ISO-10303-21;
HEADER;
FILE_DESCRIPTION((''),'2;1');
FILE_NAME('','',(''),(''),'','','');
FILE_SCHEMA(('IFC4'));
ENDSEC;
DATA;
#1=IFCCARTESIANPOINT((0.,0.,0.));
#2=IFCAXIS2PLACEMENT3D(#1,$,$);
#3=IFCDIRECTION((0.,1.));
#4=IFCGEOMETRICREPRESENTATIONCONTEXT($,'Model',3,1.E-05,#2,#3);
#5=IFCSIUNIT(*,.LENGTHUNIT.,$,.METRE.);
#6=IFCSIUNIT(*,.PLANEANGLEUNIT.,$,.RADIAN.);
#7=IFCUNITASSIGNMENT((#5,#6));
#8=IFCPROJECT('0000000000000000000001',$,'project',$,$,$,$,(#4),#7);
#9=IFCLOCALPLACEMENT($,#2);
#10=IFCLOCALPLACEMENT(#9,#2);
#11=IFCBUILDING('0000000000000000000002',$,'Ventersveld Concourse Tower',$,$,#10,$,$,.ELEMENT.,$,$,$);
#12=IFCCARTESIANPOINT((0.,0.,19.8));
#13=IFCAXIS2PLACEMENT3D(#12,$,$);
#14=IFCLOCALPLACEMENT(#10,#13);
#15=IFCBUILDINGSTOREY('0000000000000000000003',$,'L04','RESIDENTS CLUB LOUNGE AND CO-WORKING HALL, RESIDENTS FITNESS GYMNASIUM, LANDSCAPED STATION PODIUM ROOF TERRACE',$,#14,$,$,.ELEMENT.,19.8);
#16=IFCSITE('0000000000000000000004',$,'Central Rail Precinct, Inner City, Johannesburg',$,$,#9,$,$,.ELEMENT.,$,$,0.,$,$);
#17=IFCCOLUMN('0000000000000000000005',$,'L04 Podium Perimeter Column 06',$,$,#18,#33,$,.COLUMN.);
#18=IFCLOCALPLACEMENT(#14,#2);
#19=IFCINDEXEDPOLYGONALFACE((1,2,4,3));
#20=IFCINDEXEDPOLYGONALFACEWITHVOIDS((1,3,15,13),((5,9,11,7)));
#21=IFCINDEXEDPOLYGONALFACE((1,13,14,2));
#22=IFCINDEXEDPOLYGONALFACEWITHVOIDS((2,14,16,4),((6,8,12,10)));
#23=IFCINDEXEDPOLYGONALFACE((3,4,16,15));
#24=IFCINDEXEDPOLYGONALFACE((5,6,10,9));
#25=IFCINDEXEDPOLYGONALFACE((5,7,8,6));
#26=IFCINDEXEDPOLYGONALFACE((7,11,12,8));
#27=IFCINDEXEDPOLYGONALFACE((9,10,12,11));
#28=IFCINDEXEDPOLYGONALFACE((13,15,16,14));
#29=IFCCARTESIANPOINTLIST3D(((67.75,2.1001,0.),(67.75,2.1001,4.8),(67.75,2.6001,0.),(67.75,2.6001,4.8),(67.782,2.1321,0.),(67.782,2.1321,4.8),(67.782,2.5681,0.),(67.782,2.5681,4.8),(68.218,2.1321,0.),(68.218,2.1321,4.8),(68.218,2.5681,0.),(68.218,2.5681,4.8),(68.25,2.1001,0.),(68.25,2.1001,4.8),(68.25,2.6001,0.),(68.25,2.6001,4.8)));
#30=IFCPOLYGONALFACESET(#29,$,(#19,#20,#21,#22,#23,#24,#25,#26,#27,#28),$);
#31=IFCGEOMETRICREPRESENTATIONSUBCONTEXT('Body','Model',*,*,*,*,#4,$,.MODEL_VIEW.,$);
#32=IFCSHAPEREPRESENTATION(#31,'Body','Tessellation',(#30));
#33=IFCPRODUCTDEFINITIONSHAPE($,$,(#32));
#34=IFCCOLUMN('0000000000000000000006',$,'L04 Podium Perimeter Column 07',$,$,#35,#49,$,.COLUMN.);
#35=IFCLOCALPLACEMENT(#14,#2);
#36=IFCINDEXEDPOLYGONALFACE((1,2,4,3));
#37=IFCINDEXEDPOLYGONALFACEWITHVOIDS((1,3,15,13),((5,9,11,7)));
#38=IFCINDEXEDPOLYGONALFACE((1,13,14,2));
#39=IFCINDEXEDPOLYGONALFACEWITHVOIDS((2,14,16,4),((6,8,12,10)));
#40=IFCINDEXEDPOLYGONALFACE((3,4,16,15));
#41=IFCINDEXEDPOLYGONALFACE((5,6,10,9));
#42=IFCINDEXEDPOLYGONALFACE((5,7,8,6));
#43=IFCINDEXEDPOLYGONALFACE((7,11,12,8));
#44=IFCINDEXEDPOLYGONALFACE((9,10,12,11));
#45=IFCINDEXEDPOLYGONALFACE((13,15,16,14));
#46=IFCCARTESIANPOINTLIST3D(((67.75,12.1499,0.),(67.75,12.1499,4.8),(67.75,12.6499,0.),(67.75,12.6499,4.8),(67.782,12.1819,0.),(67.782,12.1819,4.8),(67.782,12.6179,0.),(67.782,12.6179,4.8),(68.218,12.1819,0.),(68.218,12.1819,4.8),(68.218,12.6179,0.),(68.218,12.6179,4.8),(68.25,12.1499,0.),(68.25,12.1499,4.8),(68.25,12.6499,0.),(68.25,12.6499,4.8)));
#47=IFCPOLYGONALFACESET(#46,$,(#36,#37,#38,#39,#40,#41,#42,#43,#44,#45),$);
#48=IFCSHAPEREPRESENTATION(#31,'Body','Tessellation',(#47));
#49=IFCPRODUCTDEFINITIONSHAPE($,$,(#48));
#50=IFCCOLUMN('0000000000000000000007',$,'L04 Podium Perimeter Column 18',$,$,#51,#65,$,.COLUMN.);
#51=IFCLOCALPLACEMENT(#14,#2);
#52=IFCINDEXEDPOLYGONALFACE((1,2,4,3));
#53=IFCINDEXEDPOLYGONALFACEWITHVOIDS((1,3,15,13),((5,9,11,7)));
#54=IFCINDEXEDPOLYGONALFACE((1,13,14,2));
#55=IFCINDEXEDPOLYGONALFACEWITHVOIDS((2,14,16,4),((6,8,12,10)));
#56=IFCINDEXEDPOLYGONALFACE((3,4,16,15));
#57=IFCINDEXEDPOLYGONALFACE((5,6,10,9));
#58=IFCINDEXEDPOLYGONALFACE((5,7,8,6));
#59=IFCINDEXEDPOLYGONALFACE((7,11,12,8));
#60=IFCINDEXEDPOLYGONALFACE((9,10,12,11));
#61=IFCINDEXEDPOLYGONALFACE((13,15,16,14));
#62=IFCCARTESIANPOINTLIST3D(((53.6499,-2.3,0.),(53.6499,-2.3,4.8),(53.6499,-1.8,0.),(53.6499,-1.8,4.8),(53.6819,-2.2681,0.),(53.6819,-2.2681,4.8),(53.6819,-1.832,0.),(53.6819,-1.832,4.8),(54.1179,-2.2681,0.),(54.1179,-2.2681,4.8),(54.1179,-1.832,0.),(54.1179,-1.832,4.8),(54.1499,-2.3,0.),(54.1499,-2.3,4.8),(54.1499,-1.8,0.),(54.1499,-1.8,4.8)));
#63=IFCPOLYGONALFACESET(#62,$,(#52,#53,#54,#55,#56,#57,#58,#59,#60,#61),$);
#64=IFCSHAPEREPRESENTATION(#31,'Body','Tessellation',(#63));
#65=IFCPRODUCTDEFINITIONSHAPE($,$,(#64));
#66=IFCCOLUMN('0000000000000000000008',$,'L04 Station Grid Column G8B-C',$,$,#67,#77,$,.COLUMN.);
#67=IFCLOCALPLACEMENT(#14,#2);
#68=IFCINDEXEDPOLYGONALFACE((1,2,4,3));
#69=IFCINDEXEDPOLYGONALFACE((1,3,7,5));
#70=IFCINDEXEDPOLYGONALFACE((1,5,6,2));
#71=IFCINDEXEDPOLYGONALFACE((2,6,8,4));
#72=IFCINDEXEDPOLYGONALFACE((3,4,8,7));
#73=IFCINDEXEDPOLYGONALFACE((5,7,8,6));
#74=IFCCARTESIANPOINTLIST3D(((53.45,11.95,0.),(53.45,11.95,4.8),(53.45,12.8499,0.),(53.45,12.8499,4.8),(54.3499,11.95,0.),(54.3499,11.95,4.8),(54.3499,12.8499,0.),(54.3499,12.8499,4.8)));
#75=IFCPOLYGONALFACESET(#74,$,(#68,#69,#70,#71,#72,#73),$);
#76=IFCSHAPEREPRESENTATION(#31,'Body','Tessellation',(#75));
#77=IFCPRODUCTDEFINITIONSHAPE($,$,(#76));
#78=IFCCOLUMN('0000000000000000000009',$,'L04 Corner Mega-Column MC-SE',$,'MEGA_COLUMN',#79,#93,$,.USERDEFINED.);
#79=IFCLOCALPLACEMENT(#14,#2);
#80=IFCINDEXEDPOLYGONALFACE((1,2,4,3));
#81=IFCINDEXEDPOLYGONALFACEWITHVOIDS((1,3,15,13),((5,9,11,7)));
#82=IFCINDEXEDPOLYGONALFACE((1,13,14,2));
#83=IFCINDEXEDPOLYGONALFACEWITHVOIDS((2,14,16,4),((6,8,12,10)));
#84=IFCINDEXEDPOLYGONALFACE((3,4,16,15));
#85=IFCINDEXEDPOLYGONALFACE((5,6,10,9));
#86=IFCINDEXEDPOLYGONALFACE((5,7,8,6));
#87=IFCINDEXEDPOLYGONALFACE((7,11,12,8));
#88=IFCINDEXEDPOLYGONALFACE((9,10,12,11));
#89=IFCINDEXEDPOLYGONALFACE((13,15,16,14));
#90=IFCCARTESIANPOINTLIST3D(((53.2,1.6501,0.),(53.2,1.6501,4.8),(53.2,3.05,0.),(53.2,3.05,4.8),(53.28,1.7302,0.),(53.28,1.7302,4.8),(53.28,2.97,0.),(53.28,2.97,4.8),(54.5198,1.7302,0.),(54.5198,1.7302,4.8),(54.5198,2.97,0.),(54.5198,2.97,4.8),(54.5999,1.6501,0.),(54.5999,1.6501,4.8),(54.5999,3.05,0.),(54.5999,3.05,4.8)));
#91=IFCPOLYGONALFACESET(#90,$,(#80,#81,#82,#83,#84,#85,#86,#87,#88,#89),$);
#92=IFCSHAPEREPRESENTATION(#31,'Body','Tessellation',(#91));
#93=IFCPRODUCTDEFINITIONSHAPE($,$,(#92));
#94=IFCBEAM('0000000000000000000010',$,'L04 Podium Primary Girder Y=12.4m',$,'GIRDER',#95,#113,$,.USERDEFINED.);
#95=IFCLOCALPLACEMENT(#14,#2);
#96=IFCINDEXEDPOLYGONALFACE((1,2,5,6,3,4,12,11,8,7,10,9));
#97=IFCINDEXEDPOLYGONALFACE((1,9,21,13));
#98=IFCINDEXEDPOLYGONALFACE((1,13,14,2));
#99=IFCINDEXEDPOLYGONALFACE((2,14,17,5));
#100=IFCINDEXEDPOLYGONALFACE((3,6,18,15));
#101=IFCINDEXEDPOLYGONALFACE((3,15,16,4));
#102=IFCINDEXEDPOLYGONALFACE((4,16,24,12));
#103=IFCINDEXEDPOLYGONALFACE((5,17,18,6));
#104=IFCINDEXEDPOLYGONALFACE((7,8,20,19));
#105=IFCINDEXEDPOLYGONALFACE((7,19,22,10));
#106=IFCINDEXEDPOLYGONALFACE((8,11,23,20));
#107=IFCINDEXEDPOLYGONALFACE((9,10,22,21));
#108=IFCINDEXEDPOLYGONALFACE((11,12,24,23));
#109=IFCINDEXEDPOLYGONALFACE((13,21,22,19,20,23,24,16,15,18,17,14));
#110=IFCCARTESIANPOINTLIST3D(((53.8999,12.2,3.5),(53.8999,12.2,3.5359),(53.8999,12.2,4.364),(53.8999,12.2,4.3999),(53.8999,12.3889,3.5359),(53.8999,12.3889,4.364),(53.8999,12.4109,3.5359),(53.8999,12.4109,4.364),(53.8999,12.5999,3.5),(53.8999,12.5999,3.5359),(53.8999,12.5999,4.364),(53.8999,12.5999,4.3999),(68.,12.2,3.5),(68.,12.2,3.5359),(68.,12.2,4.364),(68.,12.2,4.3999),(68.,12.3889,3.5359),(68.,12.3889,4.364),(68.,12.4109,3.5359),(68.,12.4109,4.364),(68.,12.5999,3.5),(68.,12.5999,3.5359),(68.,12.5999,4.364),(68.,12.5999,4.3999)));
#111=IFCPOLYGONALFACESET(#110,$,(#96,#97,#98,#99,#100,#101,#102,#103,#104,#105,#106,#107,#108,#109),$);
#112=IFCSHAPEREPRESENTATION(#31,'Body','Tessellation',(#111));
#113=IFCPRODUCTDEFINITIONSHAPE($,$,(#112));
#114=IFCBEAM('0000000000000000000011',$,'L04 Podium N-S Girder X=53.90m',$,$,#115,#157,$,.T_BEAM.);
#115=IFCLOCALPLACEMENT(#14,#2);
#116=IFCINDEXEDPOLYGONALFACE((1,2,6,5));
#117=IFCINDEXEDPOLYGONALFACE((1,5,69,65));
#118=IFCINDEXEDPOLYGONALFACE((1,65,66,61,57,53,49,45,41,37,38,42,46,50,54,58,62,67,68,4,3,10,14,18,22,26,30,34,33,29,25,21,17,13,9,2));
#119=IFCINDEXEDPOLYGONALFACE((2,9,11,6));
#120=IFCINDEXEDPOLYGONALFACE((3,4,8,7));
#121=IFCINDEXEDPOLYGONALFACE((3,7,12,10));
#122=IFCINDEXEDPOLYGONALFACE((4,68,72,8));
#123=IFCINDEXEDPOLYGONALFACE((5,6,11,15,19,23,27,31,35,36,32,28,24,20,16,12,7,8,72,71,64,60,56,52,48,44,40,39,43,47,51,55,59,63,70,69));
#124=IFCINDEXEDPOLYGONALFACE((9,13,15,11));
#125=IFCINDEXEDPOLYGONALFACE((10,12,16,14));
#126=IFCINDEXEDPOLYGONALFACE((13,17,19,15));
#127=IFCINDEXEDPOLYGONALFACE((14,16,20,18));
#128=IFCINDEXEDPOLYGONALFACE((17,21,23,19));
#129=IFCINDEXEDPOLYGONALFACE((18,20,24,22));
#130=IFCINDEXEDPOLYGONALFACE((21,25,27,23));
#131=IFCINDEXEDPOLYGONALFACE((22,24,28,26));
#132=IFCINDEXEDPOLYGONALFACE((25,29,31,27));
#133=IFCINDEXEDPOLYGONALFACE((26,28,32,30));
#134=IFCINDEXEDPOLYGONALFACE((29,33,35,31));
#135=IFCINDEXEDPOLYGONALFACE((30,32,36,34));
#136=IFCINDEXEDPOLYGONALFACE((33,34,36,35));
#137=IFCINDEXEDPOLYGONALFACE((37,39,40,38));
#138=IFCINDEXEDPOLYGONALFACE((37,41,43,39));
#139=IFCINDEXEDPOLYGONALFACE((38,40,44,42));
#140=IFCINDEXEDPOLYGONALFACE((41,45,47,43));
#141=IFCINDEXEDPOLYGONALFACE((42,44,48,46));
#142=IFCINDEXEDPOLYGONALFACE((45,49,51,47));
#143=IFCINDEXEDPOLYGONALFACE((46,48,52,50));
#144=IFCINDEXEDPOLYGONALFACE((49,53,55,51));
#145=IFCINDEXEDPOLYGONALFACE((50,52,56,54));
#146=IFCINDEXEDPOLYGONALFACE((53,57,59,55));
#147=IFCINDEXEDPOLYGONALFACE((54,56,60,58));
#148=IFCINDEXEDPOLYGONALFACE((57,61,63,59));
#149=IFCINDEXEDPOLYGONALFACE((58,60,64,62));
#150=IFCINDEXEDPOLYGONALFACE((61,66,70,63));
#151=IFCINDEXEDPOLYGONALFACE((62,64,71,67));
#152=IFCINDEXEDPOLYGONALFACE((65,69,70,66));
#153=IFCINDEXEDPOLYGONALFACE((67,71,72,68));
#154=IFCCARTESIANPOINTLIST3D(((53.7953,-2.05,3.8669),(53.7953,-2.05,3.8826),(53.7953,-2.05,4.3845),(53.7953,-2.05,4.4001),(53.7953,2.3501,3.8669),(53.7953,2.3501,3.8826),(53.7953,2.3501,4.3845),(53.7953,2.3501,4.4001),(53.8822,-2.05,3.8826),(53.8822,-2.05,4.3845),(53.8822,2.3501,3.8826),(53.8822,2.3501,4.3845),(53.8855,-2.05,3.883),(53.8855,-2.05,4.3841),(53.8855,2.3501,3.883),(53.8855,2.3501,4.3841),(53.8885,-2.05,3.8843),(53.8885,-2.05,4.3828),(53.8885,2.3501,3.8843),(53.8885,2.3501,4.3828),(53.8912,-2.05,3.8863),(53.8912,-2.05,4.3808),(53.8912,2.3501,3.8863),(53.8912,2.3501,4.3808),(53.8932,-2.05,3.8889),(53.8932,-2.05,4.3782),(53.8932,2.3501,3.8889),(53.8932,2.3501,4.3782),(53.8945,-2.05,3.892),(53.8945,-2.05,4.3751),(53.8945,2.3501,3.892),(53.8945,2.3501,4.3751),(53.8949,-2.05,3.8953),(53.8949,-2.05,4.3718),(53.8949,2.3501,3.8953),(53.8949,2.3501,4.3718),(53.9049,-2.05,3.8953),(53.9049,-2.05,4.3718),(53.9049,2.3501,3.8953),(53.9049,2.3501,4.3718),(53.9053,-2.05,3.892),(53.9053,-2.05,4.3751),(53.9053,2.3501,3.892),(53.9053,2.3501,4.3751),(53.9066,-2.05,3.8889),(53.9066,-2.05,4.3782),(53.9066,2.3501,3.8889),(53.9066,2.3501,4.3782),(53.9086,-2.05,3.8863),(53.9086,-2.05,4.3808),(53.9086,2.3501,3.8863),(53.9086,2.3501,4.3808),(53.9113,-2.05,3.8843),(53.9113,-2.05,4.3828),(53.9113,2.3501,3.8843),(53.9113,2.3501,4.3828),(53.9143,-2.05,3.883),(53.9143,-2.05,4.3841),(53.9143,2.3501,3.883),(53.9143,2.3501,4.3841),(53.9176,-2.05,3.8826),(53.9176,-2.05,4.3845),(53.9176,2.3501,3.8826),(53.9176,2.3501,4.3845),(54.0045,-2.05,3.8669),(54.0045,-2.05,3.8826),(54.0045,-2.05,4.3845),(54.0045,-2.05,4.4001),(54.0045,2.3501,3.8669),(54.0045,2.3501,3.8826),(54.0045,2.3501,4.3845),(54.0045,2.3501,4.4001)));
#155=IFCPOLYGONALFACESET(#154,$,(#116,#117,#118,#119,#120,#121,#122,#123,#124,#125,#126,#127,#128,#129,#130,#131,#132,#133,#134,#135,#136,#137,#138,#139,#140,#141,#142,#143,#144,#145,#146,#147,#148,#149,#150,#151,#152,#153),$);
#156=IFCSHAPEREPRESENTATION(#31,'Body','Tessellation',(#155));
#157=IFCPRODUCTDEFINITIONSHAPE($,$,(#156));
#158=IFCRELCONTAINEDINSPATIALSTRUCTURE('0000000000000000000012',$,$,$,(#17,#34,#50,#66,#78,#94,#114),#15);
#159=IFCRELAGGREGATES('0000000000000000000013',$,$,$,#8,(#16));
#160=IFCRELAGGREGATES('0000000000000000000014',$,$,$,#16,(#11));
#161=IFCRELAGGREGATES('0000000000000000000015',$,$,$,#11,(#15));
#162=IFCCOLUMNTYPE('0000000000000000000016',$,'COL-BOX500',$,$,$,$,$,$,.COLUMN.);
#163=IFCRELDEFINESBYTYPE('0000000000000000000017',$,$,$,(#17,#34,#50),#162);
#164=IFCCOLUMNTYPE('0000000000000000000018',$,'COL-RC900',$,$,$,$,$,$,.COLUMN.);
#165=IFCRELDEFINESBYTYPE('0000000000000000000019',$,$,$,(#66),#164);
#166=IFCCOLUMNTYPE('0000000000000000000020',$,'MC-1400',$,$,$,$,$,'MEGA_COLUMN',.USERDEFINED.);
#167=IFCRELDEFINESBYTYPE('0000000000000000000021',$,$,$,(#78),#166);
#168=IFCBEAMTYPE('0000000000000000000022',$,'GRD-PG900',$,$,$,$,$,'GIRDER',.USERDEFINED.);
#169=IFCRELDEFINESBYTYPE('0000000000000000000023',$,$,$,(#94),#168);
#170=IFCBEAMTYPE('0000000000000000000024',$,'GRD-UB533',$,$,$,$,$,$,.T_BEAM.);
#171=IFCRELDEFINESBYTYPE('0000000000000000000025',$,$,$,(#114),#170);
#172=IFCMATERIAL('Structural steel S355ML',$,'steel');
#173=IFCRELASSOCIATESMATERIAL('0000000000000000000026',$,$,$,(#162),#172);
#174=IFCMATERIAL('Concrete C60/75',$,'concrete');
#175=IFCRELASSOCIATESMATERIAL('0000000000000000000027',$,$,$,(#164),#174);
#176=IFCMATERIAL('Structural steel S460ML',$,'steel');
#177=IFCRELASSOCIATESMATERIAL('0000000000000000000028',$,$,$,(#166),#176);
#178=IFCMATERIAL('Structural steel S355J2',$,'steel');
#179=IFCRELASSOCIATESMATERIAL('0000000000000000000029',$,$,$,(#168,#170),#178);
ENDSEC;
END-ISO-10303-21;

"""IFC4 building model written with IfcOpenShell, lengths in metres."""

from ifc_helpers import new_model, si_unit, direction, frame, origin, origin_2d, place, context, subcontext, project, spatial, rectangle, hollow_rectangle, i_section, extrude, material, material_profile, profile_set, type_object, element, save


model = new_model("IFC4")

# Units and contexts
model_context = context("Model", 3, precision=1e-05, world=origin(), true_north=direction((0.0, 1.0)))
body_context = subcontext(model_context, "Body", "Model", "MODEL_VIEW")
ifc_project = project(units=[si_unit("LENGTHUNIT", "METRE"), si_unit("PLANEANGLEUNIT", "RADIAN")], contexts=[model_context])

# Site, building, storey
site_placement = place(None, origin())
site = spatial("IfcSite", under=ifc_project, at=site_placement, Name="Central Rail Precinct, Inner City, Johannesburg", CompositionType="ELEMENT", RefElevation=0.0)
building_placement = place(site_placement, origin())
building = spatial("IfcBuilding", under=site, at=building_placement, Name="Ventersveld Concourse Tower", CompositionType="ELEMENT")
storey_placement = place(building_placement, frame((0.0, 0.0, 19.8)))
storey = spatial("IfcBuildingStorey", under=building, at=storey_placement, Name="L04", Description="RESIDENTS CLUB LOUNGE AND CO-WORKING HALL, RESIDENTS FITNESS GYMNASIUM, LANDSCAPED STATION PODIUM ROOF TERRACE", CompositionType="ELEMENT", Elevation=19.8)

# Columns
ifc_material_1 = material(Name="Structural steel S355ML", Category="steel")
ifc_material_profile_1 = material_profile(ifc_material_1, hollow_rectangle(XDim=0.5, YDim=0.5, WallThickness=0.032, at=origin_2d()), Name="BOX 500x500x32")
ifc_profile_set_1 = profile_set([ifc_material_profile_1], Name="Structural steel S355ML")
column_type_1 = type_object("IfcColumnType", Name="COL-BOX500", PredefinedType="COLUMN", material=ifc_profile_set_1)
for number, where, z_axis, x_axis, name in (
    (1, (68.0, 2.3501, 0.0), (0.0, 0.0, 1.0), (1.0, 0.0, 0.0), "L04 Podium Perimeter Column 06"),
    (2, (68.0, 12.3999, 0.0), (0.0, 0.0, 1.0), (1.0, 0.0, 0.0), "L04 Podium Perimeter Column 07"),
    (3, (53.8999, -2.05, 0.0), (0.0, 0.0, 1.0), (1.0, 0.0, 0.0), "L04 Podium Perimeter Column 18"),
):
    element("IfcColumn", number, at=place(storey_placement, frame(where, z_axis=z_axis, x_axis=x_axis)), inside=storey, type_object=column_type_1, Name=name, PredefinedType="COLUMN", context=body_context, shape_type="SweptSolid", body=[
        extrude(hollow_rectangle(XDim=0.5, YDim=0.5, WallThickness=0.032, at=origin_2d()), origin(), (0.0, 0.0, 1.0), 4.8),
    ])
ifc_material_2 = material(Name="Concrete C60/75", Category="concrete")
ifc_material_profile_2 = material_profile(ifc_material_2, rectangle(XDim=0.8999, YDim=0.8999, at=origin_2d()), Name="RC 900x900")
ifc_profile_set_2 = profile_set([ifc_material_profile_2], Name="Concrete C60/75")
column_type_2 = type_object("IfcColumnType", Name="COL-RC900", PredefinedType="COLUMN", material=ifc_profile_set_2)
column_1_placement = place(storey_placement, frame((53.8999, 12.3999, 0.0), z_axis=(0.0, 0.0, 1.0), x_axis=(1.0, 0.0, 0.0)))
element("IfcColumn", 4, at=column_1_placement, inside=storey, type_object=column_type_2, Name="L04 Station Grid Column G8B-C", PredefinedType="COLUMN", context=body_context, shape_type="SweptSolid", body=[
    extrude(rectangle(XDim=0.8999, YDim=0.8999, at=origin_2d()), origin(), (0.0, 0.0, 1.0), 4.8),
])
ifc_material_3 = material(Name="Structural steel S460ML", Category="steel")
ifc_material_profile_3 = material_profile(ifc_material_3, hollow_rectangle(XDim=1.3999, YDim=1.3999, WallThickness=0.0801, at=origin_2d()), Name="BOX 1400x1400x80")
ifc_profile_set_3 = profile_set([ifc_material_profile_3], Name="Structural steel S460ML")
column_type_3 = type_object("IfcColumnType", Name="MC-1400", ElementType="MEGA_COLUMN", PredefinedType="USERDEFINED", material=ifc_profile_set_3)
column_2_placement = place(storey_placement, frame((53.8999, 2.3501, 0.0), z_axis=(0.0, 0.0, 1.0), x_axis=(1.0, 0.0, 0.0)))
element("IfcColumn", 5, at=column_2_placement, inside=storey, type_object=column_type_3, Name="L04 Corner Mega-Column MC-SE", ObjectType="MEGA_COLUMN", PredefinedType="USERDEFINED", context=body_context, shape_type="SweptSolid", body=[
    extrude(hollow_rectangle(XDim=1.3999, YDim=1.3999, WallThickness=0.0801, at=origin_2d()), origin(), (0.0, 0.0, 1.0), 4.8),
])

# Beams
ifc_material_4 = material(Name="Structural steel S355J2", Category="steel")
ifc_material_profile_4 = material_profile(ifc_material_4, i_section(OverallWidth=0.3999, OverallDepth=0.8999, WebThickness=0.022, FlangeThickness=0.0359, at=origin_2d()), Name="PG 900x400x36")
ifc_profile_set_4 = profile_set([ifc_material_profile_4], Name="Structural steel S355J2")
beam_type_1 = type_object("IfcBeamType", Name="GRD-PG900", ElementType="GIRDER", PredefinedType="USERDEFINED", material=ifc_profile_set_4)
beam_1_placement = place(storey_placement, frame((53.8999, 12.3999, 3.95), z_axis=(1.0, 0.0, 0.0), x_axis=(0.0, 1.0, 0.0)))
element("IfcBeam", 6, at=beam_1_placement, inside=storey, type_object=beam_type_1, Name="L04 Podium Primary Girder Y=12.4m", ObjectType="GIRDER", PredefinedType="USERDEFINED", context=body_context, shape_type="SweptSolid", body=[
    extrude(i_section(OverallWidth=0.3999, OverallDepth=0.8999, WebThickness=0.022, FlangeThickness=0.0359, at=origin_2d()), origin(), (0.0, 0.0, 1.0), 14.1001),
])
ifc_material_profile_5 = material_profile(ifc_material_4, i_section(OverallWidth=0.2092, OverallDepth=0.5332, WebThickness=0.01, FlangeThickness=0.0156, FilletRadius=0.0127, at=origin_2d()), Name="UB 533x210x92")
ifc_profile_set_5 = profile_set([ifc_material_profile_5], Name="Structural steel S355J2")
beam_type_2 = type_object("IfcBeamType", Name="GRD-UB533", PredefinedType="T_BEAM", material=ifc_profile_set_5)
beam_2_placement = place(storey_placement, frame((53.8999, -2.05, 4.1335), z_axis=(0.0, 1.0, 0.0), x_axis=(-1.0, 0.0, 0.0)))
element("IfcBeam", 7, at=beam_2_placement, inside=storey, type_object=beam_type_2, Name="L04 Podium N-S Girder X=53.90m", PredefinedType="T_BEAM", context=body_context, shape_type="SweptSolid", body=[
    extrude(i_section(OverallWidth=0.2092, OverallDepth=0.5332, WebThickness=0.01, FlangeThickness=0.0156, FilletRadius=0.0127, at=origin_2d()), origin(), (0.0, 0.0, 1.0), 4.4001),
])

save(model, "model.ifc")
